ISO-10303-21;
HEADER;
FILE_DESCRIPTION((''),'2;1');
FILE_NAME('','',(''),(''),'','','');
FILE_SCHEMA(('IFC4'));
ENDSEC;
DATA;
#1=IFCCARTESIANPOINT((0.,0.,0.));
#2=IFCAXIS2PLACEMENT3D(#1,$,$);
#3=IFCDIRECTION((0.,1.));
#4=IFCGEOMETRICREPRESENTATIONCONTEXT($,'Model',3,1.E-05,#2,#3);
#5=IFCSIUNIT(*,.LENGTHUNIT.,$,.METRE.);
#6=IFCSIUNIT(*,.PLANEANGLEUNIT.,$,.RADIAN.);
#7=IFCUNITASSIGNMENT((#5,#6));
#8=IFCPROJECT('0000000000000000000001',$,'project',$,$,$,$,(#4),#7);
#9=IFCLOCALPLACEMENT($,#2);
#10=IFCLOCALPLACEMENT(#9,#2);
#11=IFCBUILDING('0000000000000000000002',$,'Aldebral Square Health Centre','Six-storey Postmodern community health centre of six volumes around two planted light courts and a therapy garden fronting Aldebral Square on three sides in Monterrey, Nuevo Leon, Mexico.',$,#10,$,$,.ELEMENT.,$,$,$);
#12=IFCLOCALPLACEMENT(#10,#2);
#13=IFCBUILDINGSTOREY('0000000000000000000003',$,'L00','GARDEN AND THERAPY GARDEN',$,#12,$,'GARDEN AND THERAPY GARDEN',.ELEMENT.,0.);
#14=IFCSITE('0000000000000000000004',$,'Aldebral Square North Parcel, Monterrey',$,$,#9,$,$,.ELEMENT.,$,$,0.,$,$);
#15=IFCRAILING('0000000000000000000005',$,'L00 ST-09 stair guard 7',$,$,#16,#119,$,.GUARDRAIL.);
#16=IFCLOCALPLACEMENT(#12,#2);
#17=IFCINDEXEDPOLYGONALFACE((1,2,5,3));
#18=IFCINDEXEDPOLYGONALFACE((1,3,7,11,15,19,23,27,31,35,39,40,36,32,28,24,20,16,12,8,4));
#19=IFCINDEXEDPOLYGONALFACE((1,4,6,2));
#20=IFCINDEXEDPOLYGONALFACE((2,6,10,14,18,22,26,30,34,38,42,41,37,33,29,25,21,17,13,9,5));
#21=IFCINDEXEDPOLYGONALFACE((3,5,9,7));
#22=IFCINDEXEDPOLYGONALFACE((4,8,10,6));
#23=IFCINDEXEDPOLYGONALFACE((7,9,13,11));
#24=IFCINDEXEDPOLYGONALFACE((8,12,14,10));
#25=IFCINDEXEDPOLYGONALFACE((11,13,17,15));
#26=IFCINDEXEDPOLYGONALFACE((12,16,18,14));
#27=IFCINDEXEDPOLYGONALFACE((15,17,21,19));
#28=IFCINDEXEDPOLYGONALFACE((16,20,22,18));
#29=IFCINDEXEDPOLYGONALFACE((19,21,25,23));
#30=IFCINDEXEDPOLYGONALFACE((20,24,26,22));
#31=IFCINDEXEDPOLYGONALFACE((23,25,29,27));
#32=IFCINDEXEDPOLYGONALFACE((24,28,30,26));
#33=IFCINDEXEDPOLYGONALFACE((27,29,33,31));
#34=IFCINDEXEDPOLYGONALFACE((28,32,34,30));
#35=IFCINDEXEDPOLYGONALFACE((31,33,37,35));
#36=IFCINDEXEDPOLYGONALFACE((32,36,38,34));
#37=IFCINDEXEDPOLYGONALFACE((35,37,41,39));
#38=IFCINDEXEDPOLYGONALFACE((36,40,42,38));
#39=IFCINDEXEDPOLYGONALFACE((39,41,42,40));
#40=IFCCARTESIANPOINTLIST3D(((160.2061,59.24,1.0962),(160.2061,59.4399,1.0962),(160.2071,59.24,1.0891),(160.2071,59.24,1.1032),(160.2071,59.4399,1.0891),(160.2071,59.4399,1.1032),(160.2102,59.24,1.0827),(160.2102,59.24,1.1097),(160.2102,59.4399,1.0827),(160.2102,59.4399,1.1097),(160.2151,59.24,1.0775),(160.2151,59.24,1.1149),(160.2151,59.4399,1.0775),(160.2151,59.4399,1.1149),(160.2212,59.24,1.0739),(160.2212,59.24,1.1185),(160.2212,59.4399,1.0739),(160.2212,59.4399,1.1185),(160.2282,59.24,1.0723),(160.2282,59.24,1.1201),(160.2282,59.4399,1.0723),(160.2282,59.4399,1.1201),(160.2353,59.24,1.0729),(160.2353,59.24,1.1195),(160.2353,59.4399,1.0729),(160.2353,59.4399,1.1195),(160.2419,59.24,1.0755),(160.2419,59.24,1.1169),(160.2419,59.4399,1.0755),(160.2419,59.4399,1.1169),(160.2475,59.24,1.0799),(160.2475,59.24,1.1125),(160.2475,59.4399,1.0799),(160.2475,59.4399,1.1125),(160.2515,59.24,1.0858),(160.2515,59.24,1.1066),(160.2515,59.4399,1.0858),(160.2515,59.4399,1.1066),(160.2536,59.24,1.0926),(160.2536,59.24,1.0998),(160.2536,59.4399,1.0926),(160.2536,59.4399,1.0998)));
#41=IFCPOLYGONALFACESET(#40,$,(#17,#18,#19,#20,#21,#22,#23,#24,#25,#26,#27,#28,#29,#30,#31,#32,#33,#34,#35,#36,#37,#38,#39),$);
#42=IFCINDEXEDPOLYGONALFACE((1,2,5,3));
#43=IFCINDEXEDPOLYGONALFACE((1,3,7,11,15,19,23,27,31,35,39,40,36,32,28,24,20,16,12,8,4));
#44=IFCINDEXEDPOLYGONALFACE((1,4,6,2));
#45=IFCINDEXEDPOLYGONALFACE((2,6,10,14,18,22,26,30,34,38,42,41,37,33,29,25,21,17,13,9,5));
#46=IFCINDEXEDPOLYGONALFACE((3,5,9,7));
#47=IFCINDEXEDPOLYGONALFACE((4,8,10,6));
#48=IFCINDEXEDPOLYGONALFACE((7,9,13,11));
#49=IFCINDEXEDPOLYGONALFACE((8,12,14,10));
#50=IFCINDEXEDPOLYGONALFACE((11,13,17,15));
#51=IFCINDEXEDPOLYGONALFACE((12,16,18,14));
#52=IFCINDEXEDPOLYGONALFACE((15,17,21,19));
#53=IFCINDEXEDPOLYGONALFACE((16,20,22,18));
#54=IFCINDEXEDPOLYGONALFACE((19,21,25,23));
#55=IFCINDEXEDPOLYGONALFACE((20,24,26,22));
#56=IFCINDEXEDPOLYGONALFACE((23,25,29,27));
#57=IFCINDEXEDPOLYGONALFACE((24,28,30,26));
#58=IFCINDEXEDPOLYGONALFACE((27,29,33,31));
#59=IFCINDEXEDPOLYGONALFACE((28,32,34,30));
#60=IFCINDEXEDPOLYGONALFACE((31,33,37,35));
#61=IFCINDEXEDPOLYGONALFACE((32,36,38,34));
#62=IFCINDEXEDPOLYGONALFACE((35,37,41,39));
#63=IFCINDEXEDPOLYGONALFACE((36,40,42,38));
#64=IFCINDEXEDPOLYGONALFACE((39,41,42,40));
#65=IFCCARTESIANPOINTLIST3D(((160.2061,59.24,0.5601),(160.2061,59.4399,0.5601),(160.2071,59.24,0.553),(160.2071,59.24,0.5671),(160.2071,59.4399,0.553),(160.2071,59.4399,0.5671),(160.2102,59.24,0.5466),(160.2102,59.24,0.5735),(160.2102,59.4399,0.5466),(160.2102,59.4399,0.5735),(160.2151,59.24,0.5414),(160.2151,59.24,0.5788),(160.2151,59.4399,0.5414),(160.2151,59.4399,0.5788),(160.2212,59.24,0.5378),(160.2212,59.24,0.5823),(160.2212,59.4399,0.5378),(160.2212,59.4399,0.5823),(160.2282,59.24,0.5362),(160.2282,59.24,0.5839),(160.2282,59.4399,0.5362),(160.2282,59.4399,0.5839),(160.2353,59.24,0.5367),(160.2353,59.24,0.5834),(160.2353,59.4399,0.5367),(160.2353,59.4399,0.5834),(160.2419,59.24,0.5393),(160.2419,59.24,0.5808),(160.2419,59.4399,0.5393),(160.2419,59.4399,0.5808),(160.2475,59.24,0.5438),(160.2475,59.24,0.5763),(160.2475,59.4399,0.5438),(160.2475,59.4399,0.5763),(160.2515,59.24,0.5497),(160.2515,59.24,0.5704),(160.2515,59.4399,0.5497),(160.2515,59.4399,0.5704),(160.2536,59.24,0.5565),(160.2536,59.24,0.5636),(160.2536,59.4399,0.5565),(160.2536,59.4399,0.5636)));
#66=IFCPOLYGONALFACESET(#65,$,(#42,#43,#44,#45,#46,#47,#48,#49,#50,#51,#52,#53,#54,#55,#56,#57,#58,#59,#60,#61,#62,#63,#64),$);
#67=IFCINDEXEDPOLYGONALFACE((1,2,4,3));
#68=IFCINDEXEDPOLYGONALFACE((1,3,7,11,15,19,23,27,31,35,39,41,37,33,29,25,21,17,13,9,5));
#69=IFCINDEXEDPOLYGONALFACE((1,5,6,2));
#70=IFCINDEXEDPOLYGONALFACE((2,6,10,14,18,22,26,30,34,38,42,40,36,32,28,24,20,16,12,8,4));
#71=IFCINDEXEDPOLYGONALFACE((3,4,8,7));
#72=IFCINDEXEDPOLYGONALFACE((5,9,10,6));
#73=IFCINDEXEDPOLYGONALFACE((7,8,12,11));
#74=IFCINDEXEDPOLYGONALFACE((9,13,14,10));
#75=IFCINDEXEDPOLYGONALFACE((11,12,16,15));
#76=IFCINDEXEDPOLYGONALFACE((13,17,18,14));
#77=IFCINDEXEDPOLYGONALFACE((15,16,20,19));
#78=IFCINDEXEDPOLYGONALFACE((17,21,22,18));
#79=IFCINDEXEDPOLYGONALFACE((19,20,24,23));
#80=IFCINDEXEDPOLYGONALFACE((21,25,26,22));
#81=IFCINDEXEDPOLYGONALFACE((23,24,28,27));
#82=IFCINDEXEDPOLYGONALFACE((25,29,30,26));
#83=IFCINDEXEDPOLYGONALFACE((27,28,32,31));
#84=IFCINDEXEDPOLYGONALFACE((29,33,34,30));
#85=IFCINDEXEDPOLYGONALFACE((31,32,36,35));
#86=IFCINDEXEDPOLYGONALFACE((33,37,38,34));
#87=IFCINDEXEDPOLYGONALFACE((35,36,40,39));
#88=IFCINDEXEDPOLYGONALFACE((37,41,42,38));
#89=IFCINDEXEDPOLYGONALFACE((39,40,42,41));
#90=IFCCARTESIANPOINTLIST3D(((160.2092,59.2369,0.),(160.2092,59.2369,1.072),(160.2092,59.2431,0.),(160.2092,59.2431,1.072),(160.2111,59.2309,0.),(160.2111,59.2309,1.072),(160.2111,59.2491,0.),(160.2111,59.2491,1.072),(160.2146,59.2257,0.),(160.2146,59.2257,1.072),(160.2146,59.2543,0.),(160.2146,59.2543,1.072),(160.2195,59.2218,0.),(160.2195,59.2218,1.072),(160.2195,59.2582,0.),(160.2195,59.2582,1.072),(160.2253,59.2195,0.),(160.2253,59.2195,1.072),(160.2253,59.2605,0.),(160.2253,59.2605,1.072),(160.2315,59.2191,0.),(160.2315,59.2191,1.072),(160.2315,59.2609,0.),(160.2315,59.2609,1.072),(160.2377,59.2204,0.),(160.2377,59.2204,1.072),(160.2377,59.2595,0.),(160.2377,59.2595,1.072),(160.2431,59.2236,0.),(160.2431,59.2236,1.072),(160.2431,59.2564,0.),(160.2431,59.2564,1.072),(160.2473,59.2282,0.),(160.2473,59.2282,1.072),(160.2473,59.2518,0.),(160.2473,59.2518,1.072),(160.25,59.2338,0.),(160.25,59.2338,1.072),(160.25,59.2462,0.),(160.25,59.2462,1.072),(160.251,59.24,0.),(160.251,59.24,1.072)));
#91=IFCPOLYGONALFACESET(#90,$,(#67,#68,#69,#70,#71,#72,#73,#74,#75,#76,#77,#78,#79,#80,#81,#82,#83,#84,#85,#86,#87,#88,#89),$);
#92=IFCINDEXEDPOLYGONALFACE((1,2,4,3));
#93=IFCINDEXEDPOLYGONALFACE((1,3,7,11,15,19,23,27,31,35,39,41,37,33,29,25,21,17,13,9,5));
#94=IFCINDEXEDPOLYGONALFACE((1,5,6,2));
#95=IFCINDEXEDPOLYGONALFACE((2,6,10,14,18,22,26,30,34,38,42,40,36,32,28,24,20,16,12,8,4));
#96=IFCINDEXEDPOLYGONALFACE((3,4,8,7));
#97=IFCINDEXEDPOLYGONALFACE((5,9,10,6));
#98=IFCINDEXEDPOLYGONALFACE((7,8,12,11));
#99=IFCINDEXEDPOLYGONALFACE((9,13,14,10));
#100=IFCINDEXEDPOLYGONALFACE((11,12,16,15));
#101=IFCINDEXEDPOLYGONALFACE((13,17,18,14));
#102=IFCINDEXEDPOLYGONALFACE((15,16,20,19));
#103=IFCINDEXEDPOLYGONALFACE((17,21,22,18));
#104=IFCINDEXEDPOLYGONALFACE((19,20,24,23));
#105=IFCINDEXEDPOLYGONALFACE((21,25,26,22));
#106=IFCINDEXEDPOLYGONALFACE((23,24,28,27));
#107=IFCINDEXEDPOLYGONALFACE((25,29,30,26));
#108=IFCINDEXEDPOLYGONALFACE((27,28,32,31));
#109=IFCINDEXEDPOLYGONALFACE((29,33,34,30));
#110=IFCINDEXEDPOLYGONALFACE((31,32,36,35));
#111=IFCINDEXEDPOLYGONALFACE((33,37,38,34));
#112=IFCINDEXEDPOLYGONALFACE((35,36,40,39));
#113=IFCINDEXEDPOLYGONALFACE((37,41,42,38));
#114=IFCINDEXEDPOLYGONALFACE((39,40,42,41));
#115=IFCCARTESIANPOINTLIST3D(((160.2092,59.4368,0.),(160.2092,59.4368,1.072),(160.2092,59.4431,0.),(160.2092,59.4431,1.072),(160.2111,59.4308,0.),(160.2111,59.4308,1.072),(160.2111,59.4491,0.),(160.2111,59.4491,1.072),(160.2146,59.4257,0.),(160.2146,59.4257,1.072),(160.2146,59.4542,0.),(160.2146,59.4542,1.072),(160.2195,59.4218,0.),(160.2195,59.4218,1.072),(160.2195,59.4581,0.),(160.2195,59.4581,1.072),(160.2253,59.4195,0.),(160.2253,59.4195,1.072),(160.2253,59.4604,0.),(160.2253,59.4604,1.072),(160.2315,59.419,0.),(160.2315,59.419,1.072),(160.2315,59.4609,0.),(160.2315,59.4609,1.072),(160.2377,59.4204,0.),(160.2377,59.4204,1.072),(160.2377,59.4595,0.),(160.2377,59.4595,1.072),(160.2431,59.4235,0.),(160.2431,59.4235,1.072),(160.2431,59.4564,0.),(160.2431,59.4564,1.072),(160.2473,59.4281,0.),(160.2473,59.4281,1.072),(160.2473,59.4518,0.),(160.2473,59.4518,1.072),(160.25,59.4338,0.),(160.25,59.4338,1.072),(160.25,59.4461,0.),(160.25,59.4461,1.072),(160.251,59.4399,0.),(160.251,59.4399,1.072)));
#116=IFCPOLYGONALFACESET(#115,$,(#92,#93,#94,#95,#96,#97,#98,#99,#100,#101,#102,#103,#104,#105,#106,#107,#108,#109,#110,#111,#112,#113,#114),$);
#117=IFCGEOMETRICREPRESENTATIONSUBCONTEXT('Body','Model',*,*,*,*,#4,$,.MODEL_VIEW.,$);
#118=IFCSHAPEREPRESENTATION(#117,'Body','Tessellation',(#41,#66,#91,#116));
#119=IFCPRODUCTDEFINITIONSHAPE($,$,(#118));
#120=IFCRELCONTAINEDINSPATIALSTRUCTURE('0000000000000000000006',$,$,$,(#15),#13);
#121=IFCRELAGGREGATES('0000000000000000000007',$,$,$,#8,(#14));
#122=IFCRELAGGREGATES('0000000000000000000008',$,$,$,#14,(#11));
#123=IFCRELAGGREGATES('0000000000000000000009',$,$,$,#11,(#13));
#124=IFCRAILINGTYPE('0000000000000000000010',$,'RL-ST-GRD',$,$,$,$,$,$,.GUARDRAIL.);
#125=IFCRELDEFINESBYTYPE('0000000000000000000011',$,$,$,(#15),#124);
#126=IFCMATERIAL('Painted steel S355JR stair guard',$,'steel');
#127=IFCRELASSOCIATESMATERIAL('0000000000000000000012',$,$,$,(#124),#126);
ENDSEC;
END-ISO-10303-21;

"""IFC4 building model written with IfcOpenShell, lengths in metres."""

from ifc_helpers import new_model, si_unit, direction, frame, origin, origin_2d, place, context, subcontext, project, spatial, circle, extrude, material, type_object, element, save


model = new_model("IFC4")

# Units and contexts
model_context = context("Model", 3, precision=1e-05, world=origin(), true_north=direction((0.0, 1.0)))
body_context = subcontext(model_context, "Body", "Model", "MODEL_VIEW")
ifc_project = project(units=[si_unit("LENGTHUNIT", "METRE"), si_unit("PLANEANGLEUNIT", "RADIAN")], contexts=[model_context])

# Site, building, storey
site_placement = place(None, origin())
site = spatial("IfcSite", under=ifc_project, at=site_placement, Name="Aldebral Square North Parcel, Monterrey", CompositionType="ELEMENT", RefElevation=0.0)
building_placement = place(site_placement, origin())
building = spatial("IfcBuilding", under=site, at=building_placement, Name="Aldebral Square Health Centre", Description="Six-storey Postmodern community health centre of six volumes around two planted light courts and a therapy garden fronting Aldebral Square on three sides in Monterrey, Nuevo Leon, Mexico.", CompositionType="ELEMENT")
storey_placement = place(building_placement, origin())
storey = spatial("IfcBuildingStorey", under=building, at=storey_placement, Name="L00", Description="GARDEN AND THERAPY GARDEN", LongName="GARDEN AND THERAPY GARDEN", CompositionType="ELEMENT", Elevation=0.0)

# Railing
ifc_material_1 = material(Name="Painted steel S355JR stair guard", Category="steel")
railing_type_1 = type_object("IfcRailingType", Name="RL-ST-GRD", PredefinedType="GUARDRAIL", material=ifc_material_1)
railing_1_placement = place(storey_placement, frame((160.23, 59.24, 0.0)))
element("IfcRailing", 1, at=railing_1_placement, inside=storey, type_object=railing_type_1, Name="L00 ST-09 stair guard 7", PredefinedType="GUARDRAIL", context=body_context, shape_type="SweptSolid", body=[
    extrude(circle(Radius=0.0239, at=origin_2d()), frame((0.0, 0.0, 1.0962), z_axis=(0.0, 1.0, 0.0), x_axis=(-1.0, 0.0, 0.0)), (0.0, 0.0, 1.0), 0.2),
    extrude(circle(Radius=0.0239, at=origin_2d()), frame((0.0, 0.0, 0.5601), z_axis=(0.0, 1.0, 0.0), x_axis=(-1.0, 0.0, 0.0)), (0.0, 0.0, 1.0), 0.2),
    extrude(circle(Radius=0.021, at=origin_2d()), origin(), (0.0, 0.0, 1.0), 1.072),
    extrude(circle(Radius=0.021, at=origin_2d()), frame((0.0, 0.2, 0.0)), (0.0, 0.0, 1.0), 1.072),
])

save(model, "model.ifc")
